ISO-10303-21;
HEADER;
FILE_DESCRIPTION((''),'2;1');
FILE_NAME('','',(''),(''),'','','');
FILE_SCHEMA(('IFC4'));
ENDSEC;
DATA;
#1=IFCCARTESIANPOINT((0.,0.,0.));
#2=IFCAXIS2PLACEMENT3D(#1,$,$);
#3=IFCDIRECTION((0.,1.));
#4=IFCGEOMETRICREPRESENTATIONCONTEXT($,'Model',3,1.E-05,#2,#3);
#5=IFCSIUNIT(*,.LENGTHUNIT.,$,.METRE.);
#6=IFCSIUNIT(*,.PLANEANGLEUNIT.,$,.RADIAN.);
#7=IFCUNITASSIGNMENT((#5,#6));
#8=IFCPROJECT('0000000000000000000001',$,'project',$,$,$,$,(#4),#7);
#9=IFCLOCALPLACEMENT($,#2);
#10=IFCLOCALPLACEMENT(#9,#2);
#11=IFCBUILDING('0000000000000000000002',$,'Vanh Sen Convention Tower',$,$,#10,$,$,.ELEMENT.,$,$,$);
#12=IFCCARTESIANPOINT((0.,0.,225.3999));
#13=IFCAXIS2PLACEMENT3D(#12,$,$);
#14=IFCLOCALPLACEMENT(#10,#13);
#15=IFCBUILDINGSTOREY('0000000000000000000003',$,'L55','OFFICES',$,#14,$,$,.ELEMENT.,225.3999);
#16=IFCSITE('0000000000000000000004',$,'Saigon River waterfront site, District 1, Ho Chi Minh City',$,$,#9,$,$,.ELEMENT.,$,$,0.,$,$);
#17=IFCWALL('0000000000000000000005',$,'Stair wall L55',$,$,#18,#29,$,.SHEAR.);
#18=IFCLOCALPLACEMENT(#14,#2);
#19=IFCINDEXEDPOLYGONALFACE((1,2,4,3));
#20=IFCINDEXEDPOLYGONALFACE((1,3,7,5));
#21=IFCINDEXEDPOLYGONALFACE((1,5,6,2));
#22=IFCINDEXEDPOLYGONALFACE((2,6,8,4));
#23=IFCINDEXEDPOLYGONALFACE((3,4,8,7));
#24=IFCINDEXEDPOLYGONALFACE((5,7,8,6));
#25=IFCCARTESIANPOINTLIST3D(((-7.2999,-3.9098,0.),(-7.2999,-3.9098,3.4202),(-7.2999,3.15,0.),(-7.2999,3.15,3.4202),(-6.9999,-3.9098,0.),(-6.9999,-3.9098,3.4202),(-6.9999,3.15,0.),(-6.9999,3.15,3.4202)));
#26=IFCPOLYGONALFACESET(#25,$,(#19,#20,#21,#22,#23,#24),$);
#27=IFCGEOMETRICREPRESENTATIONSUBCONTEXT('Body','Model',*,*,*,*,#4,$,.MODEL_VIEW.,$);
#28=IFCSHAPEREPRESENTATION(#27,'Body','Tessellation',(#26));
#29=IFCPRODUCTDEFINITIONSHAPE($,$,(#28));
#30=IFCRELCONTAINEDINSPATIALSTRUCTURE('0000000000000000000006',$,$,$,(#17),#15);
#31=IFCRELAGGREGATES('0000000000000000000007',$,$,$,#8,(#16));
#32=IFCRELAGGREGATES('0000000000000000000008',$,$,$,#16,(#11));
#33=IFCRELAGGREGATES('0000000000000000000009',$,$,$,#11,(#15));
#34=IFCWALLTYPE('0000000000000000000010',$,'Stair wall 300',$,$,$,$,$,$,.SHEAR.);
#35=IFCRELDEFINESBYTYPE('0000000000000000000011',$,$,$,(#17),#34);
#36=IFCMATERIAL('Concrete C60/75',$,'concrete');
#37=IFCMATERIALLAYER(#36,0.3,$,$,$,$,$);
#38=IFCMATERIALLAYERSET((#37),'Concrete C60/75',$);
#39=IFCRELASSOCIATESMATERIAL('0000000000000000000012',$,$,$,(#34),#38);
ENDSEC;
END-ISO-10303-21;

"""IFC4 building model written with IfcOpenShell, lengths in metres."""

from ifc_helpers import new_model, si_unit, direction, frame, frame_2d, origin, place, context, subcontext, project, spatial, rectangle, extrude, material, layer, layer_set, type_object, element, save


model = new_model("IFC4")

# Units and contexts
model_context = context("Model", 3, precision=1e-05, world=origin(), true_north=direction((0.0, 1.0)))
body_context = subcontext(model_context, "Body", "Model", "MODEL_VIEW")
ifc_project = project(units=[si_unit("LENGTHUNIT", "METRE"), si_unit("PLANEANGLEUNIT", "RADIAN")], contexts=[model_context])

# Site, building, storey
site_placement = place(None, origin())
site = spatial("IfcSite", under=ifc_project, at=site_placement, Name="Saigon River waterfront site, District 1, Ho Chi Minh City", CompositionType="ELEMENT", RefElevation=0.0)
building_placement = place(site_placement, origin())
building = spatial("IfcBuilding", under=site, at=building_placement, Name="Vanh Sen Convention Tower", CompositionType="ELEMENT")
storey_placement = place(building_placement, frame((0.0, 0.0, 225.3999)))
storey = spatial("IfcBuildingStorey", under=building, at=storey_placement, Name="L55", Description="OFFICES", CompositionType="ELEMENT", Elevation=225.3999)

# Shared definitions
ifc_material_1 = material(Name="Concrete C60/75", Category="concrete")

# Shared definitions
ifc_layer_1 = layer(ifc_material_1, 0.3)
ifc_layer_set_1 = layer_set([ifc_layer_1], Name="Concrete C60/75")
wall_type_1 = type_object("IfcWallType", Name="Stair wall 300", PredefinedType="SHEAR", material=ifc_layer_set_1)

# Wall
for number, where, z_axis, x_axis, name in (
    (1, (-7.1499, 3.1499, 0.0), (0.0, 0.0, 1.0), (0.0, -1.0, 0.0), "Stair wall L55"),
):
    element("IfcWall", number, at=place(storey_placement, frame(where, z_axis=z_axis, x_axis=x_axis)), inside=storey, type_object=wall_type_1, Name=name, PredefinedType="SHEAR", context=body_context, shape_type="SweptSolid", body=[
        extrude(rectangle(XDim=7.0598, YDim=0.3, at=frame_2d((3.5298, 0.0))), origin(), (0.0, 0.0, 1.0), 3.4202),
    ])

save(model, "model.ifc")
